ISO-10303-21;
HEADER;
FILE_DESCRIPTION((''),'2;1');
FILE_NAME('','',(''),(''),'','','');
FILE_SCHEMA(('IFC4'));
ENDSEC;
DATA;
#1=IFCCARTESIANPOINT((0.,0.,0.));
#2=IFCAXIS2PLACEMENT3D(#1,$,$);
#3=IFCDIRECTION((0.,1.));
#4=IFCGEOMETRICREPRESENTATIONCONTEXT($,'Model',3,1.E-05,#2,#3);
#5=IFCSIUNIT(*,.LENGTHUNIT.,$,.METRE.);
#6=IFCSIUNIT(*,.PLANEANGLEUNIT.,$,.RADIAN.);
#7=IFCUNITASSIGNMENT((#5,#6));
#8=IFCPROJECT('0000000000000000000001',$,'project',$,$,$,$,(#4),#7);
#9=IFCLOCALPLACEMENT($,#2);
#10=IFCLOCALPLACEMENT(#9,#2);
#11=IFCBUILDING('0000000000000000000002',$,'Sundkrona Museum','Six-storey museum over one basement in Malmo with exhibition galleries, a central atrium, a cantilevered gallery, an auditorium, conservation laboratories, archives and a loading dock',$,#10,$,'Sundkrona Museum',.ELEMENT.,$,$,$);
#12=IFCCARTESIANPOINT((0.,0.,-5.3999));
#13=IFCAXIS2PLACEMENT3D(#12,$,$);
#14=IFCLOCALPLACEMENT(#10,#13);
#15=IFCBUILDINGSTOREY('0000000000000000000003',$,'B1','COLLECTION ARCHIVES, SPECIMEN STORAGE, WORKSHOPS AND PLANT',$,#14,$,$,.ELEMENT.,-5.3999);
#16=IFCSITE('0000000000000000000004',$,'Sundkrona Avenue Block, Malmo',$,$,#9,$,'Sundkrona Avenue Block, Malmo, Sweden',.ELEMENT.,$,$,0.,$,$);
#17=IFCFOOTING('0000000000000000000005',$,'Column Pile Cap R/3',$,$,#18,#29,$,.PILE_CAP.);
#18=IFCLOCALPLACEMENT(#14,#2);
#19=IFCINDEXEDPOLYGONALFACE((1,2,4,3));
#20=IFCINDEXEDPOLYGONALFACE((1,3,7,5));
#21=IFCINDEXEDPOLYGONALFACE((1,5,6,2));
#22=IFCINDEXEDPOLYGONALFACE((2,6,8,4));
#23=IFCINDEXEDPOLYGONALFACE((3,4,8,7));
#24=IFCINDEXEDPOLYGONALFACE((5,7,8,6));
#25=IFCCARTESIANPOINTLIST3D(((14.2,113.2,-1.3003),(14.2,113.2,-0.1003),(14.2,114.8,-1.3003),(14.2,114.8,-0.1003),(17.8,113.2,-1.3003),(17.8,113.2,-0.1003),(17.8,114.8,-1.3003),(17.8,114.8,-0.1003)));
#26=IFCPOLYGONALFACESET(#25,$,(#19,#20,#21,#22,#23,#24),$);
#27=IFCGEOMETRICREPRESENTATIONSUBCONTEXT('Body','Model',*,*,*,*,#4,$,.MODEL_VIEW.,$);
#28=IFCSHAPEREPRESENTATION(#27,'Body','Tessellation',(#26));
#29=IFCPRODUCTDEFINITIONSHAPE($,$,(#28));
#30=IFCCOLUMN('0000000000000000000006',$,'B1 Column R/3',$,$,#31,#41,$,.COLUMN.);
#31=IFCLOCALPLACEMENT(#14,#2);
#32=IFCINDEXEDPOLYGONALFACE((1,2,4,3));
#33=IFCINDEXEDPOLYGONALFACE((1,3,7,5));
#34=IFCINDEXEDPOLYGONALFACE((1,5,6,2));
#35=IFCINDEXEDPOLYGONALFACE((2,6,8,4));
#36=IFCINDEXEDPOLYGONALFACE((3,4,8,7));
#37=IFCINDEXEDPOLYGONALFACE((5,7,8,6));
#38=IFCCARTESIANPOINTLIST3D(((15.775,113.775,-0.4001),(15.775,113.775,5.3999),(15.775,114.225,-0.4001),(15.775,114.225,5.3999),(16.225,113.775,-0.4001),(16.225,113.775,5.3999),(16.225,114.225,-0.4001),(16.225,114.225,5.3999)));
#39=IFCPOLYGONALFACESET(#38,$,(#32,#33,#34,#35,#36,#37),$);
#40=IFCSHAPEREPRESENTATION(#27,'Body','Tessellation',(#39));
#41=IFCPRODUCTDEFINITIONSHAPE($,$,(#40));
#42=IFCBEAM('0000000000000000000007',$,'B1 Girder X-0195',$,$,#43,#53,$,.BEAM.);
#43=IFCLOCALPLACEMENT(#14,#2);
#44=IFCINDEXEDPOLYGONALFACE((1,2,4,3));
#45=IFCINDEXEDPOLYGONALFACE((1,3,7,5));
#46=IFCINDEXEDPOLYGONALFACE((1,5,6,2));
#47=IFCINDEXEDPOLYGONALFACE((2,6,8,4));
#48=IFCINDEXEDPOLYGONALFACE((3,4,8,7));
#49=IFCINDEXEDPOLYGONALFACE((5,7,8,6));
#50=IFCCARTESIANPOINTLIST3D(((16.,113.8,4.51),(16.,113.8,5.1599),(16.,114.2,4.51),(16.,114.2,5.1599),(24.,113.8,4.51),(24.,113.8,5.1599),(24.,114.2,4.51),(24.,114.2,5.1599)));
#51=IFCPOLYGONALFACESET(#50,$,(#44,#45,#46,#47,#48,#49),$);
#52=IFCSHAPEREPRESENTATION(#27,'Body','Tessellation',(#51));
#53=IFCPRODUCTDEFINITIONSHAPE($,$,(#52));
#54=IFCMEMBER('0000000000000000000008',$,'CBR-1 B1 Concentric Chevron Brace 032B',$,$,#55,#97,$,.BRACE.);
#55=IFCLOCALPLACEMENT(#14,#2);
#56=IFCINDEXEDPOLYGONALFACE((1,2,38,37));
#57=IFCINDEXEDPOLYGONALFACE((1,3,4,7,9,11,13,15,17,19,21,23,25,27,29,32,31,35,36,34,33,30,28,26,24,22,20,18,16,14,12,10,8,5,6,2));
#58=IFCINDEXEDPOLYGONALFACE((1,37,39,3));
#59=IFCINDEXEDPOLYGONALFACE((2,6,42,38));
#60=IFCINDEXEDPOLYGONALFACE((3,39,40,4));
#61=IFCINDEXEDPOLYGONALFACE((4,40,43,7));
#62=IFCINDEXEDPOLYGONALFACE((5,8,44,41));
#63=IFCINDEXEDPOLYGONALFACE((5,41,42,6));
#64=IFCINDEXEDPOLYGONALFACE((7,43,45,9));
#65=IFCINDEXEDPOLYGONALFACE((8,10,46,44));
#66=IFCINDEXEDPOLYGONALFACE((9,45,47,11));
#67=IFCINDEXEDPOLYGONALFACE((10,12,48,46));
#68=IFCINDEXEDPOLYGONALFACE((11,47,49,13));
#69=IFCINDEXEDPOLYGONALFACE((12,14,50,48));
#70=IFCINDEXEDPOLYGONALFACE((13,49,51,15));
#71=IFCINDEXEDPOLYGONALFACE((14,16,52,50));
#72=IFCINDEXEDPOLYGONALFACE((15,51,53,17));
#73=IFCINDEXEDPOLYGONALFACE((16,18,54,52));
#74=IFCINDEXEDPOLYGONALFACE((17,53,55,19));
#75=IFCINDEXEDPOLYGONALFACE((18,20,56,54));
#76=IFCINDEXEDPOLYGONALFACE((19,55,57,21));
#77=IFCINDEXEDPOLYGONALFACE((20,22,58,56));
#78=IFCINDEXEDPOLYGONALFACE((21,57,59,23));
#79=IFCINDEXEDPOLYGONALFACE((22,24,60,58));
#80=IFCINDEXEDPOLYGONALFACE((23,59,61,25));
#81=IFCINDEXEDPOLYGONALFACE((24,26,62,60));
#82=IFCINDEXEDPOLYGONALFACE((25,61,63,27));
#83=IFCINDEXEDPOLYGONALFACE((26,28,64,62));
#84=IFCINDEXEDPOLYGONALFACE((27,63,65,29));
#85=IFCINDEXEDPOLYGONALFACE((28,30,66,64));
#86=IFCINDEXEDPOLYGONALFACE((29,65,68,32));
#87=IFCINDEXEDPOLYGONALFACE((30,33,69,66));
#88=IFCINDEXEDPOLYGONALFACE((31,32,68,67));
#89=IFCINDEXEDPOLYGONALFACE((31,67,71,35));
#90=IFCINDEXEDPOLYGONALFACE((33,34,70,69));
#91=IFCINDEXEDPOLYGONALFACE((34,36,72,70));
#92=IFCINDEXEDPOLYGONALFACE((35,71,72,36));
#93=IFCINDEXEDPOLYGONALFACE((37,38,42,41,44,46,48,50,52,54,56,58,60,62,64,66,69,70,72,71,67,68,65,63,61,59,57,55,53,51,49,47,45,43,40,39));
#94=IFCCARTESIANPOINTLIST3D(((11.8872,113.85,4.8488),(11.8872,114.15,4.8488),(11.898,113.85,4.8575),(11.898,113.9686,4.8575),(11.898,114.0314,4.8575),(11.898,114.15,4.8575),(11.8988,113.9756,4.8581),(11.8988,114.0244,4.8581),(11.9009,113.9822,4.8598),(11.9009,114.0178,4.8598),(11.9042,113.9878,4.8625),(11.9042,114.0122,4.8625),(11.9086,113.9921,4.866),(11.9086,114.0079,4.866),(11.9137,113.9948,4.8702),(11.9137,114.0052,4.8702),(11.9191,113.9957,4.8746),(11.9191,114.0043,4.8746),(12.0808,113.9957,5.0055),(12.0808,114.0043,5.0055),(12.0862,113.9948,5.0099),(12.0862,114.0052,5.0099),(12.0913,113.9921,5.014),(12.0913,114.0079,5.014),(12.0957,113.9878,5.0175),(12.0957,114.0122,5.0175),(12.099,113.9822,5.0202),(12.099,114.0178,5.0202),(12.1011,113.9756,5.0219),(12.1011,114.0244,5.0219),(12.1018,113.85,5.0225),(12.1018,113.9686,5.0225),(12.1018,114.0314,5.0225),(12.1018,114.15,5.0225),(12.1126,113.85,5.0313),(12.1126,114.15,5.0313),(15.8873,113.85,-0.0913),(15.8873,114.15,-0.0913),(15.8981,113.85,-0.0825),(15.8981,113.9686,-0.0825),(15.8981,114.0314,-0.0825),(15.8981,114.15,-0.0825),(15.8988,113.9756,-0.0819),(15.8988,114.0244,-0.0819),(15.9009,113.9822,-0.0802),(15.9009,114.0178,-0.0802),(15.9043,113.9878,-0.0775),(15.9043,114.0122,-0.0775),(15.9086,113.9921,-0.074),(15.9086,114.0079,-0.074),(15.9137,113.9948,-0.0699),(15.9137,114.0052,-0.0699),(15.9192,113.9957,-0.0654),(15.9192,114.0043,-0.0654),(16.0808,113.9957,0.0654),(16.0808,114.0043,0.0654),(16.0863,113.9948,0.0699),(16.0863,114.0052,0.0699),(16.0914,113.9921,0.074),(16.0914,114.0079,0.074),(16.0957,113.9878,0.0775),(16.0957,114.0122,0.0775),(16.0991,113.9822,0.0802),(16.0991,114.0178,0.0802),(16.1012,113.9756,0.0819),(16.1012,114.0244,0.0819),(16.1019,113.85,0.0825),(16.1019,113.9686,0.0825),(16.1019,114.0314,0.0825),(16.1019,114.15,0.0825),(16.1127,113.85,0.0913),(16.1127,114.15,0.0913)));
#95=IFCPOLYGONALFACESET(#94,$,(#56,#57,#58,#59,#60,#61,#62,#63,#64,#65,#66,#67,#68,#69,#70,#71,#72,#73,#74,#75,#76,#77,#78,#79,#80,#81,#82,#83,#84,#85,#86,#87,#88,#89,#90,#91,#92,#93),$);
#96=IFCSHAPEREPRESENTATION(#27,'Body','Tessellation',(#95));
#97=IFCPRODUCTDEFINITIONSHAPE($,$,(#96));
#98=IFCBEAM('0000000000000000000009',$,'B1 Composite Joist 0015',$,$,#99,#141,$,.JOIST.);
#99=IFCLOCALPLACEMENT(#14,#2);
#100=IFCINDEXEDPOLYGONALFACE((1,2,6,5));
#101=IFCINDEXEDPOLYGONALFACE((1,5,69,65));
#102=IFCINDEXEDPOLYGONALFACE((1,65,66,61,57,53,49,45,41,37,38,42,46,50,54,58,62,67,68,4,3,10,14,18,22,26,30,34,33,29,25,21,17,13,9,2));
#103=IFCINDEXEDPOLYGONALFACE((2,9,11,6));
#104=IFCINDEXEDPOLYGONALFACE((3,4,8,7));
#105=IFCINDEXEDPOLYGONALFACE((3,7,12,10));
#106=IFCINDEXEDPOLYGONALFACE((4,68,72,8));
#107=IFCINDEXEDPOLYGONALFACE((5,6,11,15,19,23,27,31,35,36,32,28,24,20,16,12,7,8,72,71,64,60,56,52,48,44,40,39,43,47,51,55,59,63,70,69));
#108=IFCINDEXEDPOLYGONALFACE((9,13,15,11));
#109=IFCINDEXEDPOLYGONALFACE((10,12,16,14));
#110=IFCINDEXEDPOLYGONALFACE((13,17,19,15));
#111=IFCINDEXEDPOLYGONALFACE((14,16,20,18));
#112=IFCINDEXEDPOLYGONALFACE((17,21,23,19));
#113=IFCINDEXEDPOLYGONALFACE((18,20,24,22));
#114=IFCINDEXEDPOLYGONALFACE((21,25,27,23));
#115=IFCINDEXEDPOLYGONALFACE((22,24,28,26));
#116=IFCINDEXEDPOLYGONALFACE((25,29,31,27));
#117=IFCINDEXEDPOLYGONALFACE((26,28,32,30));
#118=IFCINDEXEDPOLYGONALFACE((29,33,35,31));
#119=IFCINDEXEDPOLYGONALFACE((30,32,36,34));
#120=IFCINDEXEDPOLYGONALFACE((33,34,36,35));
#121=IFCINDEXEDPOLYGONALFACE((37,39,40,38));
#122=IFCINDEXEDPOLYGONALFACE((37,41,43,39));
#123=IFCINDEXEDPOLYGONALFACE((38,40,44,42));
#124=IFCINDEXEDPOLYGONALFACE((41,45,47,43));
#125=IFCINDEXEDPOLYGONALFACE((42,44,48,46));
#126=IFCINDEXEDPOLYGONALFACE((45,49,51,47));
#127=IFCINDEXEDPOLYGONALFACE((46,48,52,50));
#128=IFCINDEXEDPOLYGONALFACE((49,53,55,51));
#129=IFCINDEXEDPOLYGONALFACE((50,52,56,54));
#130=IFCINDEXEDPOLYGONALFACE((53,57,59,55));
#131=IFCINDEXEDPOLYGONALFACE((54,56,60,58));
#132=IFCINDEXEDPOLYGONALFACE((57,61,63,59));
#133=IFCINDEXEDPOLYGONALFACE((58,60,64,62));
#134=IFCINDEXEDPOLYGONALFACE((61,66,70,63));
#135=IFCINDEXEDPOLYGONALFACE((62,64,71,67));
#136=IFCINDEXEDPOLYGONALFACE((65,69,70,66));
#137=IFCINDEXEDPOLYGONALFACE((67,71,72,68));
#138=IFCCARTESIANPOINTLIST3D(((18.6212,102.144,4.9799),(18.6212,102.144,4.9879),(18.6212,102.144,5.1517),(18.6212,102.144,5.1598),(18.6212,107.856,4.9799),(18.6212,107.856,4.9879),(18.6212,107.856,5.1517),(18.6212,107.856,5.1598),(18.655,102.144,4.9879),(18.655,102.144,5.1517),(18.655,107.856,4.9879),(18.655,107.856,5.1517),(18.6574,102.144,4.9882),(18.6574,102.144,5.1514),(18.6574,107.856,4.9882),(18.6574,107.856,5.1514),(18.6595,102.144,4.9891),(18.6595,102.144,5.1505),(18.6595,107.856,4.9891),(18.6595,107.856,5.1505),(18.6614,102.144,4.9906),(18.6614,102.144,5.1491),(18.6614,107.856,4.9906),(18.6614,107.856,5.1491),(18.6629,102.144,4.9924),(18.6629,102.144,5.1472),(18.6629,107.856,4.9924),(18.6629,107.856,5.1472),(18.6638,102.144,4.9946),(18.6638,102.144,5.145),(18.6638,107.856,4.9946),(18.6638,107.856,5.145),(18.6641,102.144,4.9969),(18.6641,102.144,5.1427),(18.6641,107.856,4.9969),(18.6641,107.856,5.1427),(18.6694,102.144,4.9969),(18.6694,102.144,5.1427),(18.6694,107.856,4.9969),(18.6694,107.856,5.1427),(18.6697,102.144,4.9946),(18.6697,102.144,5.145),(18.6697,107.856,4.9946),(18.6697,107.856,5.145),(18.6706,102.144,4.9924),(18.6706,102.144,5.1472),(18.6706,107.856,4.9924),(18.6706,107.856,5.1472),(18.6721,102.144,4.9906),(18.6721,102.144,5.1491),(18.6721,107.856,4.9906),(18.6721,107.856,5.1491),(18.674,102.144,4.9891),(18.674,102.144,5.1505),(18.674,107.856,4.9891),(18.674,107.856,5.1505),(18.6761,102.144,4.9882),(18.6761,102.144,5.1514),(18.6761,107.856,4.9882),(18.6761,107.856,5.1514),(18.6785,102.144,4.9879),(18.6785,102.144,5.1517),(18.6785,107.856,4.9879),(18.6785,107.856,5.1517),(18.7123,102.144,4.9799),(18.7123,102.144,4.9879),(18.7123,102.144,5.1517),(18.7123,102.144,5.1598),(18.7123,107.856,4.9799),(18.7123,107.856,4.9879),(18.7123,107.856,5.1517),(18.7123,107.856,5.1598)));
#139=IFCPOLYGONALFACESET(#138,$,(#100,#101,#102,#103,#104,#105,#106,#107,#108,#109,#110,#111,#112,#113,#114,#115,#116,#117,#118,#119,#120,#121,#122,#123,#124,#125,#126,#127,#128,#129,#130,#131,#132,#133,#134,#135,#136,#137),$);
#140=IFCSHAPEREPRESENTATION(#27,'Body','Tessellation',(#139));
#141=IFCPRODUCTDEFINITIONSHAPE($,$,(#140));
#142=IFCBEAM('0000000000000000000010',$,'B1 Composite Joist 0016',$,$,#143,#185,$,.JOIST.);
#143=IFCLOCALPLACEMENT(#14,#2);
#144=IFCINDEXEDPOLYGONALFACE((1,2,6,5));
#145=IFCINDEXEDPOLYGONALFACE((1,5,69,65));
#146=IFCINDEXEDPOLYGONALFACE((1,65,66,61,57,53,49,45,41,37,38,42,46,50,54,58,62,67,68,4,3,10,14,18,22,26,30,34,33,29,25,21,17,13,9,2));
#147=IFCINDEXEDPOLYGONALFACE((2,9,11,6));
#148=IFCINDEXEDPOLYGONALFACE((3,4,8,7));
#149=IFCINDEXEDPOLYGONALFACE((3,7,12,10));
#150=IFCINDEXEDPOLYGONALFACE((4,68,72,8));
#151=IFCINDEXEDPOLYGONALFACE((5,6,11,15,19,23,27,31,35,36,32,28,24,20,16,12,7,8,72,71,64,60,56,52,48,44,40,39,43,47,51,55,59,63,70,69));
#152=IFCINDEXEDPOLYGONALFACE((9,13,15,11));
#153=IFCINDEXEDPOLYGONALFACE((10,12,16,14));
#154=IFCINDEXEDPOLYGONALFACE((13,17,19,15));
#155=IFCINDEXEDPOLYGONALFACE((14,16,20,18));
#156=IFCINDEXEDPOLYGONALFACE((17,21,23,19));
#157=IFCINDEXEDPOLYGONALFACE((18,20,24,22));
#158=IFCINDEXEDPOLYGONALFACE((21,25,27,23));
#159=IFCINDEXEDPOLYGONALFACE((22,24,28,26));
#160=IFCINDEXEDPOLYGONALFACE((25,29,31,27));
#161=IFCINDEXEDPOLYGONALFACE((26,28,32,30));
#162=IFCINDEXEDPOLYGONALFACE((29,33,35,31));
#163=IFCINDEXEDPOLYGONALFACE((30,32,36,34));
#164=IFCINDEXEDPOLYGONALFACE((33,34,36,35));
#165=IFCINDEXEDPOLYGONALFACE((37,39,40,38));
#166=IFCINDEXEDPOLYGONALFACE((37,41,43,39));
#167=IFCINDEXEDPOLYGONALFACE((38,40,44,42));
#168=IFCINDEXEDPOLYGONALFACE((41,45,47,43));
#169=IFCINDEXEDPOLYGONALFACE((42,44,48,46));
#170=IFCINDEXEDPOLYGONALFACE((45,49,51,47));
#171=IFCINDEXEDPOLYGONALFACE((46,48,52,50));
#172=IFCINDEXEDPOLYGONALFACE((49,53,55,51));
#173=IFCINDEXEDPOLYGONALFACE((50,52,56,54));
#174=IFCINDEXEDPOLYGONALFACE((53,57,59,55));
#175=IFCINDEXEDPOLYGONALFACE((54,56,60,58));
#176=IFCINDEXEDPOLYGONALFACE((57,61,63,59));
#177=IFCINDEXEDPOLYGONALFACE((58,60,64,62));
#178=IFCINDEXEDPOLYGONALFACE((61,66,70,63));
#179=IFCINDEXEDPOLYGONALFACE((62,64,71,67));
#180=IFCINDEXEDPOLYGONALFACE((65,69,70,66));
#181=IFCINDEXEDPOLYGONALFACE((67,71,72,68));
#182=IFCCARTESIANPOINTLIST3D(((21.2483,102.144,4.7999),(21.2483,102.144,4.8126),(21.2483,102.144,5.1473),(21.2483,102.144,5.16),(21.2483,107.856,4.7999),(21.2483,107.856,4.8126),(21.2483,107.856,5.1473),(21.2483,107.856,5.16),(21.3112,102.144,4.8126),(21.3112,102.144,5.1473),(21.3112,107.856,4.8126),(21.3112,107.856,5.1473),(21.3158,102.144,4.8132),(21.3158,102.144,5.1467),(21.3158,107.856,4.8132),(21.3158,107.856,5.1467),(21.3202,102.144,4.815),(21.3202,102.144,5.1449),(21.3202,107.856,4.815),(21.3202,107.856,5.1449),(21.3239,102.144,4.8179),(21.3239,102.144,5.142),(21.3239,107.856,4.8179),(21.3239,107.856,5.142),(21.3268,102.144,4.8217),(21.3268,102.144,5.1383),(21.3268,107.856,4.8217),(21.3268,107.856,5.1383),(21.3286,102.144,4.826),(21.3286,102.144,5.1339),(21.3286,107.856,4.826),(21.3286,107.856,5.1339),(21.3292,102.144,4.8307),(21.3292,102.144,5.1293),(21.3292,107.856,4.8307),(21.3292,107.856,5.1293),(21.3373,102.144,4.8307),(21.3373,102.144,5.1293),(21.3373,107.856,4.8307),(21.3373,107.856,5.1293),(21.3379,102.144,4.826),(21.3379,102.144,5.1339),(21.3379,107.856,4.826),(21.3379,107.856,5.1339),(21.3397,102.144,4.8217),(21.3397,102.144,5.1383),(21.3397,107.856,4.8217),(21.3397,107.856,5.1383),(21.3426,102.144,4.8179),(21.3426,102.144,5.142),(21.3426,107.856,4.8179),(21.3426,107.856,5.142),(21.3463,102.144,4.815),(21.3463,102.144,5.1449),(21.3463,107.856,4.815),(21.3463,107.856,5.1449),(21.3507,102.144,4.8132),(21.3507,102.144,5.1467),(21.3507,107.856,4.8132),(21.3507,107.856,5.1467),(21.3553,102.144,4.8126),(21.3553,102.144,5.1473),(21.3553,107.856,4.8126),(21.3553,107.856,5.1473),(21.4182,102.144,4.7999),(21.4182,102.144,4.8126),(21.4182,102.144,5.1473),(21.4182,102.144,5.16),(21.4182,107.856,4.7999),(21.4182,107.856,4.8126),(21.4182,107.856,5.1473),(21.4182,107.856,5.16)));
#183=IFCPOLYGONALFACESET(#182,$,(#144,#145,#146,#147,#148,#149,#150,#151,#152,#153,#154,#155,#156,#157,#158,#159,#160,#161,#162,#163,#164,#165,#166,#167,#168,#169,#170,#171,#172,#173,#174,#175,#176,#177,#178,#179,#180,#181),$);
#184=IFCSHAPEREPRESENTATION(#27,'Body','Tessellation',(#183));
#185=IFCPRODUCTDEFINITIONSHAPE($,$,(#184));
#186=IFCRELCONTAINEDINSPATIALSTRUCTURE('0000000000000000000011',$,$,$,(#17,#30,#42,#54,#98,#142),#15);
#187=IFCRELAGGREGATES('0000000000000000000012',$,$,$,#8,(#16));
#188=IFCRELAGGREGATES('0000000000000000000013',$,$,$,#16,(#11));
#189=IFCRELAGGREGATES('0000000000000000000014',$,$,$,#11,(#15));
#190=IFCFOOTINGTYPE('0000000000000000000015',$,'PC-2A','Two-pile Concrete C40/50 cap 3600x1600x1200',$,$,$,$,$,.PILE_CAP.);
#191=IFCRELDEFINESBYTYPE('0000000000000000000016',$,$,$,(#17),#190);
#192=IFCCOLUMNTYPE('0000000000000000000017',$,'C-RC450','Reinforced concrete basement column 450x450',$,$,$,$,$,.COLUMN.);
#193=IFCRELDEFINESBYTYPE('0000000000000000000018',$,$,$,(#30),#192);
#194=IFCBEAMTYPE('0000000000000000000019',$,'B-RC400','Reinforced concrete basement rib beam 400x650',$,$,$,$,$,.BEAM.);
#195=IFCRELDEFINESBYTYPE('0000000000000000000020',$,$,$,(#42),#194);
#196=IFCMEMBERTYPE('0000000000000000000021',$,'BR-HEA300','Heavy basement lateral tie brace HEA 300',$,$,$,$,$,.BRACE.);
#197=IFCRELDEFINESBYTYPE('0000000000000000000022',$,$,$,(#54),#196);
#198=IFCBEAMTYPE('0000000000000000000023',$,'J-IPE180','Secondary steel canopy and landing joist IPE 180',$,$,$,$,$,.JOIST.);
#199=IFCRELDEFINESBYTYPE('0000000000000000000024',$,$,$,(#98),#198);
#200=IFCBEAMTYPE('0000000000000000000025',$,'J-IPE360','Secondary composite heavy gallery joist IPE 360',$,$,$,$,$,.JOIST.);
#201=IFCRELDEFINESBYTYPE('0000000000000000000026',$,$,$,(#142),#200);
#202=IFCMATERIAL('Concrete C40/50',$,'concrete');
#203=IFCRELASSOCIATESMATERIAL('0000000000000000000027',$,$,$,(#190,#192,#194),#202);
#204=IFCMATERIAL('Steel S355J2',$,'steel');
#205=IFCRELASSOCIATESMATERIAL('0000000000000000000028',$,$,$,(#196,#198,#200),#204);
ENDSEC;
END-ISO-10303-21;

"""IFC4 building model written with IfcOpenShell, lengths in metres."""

from ifc_helpers import new_model, si_unit, direction, frame, origin, origin_2d, place, context, subcontext, project, spatial, rectangle, i_section, extrude, material, material_profile, profile_set, type_object, element, save


model = new_model("IFC4")

# Units and contexts
model_context = context("Model", 3, precision=1e-05, world=origin(), true_north=direction((0.0, 1.0)))
body_context = subcontext(model_context, "Body", "Model", "MODEL_VIEW")
ifc_project = project(units=[si_unit("LENGTHUNIT", "METRE"), si_unit("PLANEANGLEUNIT", "RADIAN")], contexts=[model_context])

# Site, building, storey
site_placement = place(None, origin())
site = spatial("IfcSite", under=ifc_project, at=site_placement, Name="Sundkrona Avenue Block, Malmo", LongName="Sundkrona Avenue Block, Malmo, Sweden", CompositionType="ELEMENT", RefElevation=0.0)
building_placement = place(site_placement, origin())
building = spatial("IfcBuilding", under=site, at=building_placement, Name="Sundkrona Museum", Description="Six-storey museum over one basement in Malmo with exhibition galleries, a central atrium, a cantilevered gallery, an auditorium, conservation laboratories, archives and a loading dock", LongName="Sundkrona Museum", CompositionType="ELEMENT")
storey_placement = place(building_placement, frame((0.0, 0.0, -5.3999)))
storey = spatial("IfcBuildingStorey", under=building, at=storey_placement, Name="B1", Description="COLLECTION ARCHIVES, SPECIMEN STORAGE, WORKSHOPS AND PLANT", CompositionType="ELEMENT", Elevation=-5.3999)

# Shared definitions
ifc_material_1 = material(Name="Concrete C40/50", Category="concrete")

# Footing
footing_type_1 = type_object("IfcFootingType", Name="PC-2A", Description="Two-pile Concrete C40/50 cap 3600x1600x1200", PredefinedType="PILE_CAP", material=ifc_material_1)
footing_1_placement = place(storey_placement, frame((16.0, 114.0, -1.3003), z_axis=(0.0, 0.0, 1.0), x_axis=(1.0, 0.0, 0.0)))
element("IfcFooting", 1, at=footing_1_placement, inside=storey, type_object=footing_type_1, Name="Column Pile Cap R/3", PredefinedType="PILE_CAP", context=body_context, shape_type="SweptSolid", body=[
    extrude(rectangle(XDim=3.6001, YDim=1.6001, at=origin_2d()), origin(), (0.0, 0.0, 1.0), 1.2),
])

# Column
ifc_material_profile_1 = material_profile(ifc_material_1, rectangle(XDim=0.45, YDim=0.45, at=origin_2d()), Name="RC 450x450")
ifc_profile_set_1 = profile_set([ifc_material_profile_1], Name="Concrete C40/50")
column_type = type_object("IfcColumnType", Name="C-RC450", Description="Reinforced concrete basement column 450x450", PredefinedType="COLUMN", material=ifc_profile_set_1)
column_placement = place(storey_placement, frame((16.0, 114.0, -0.4001), z_axis=(0.0, 0.0, 1.0), x_axis=(1.0, 0.0, 0.0)))
element("IfcColumn", 2, at=column_placement, inside=storey, type_object=column_type, Name="B1 Column R/3", PredefinedType="COLUMN", context=body_context, shape_type="SweptSolid", body=[
    extrude(rectangle(XDim=0.45, YDim=0.45, at=origin_2d()), origin(), (0.0, 0.0, 1.0), 5.8),
])

# Beam
ifc_material_profile_2 = material_profile(ifc_material_1, rectangle(XDim=0.3999, YDim=0.6499, at=origin_2d()), Name="RCB 400x650")
ifc_profile_set_2 = profile_set([ifc_material_profile_2], Name="Concrete C40/50")
beam_type_1 = type_object("IfcBeamType", Name="B-RC400", Description="Reinforced concrete basement rib beam 400x650", PredefinedType="BEAM", material=ifc_profile_set_2)
beam_1_placement = place(storey_placement, frame((16.0, 114.0, 4.835), z_axis=(1.0, 0.0, 0.0), x_axis=(0.0, 1.0, 0.0)))
element("IfcBeam", 3, at=beam_1_placement, inside=storey, type_object=beam_type_1, Name="B1 Girder X-0195", PredefinedType="BEAM", context=body_context, shape_type="SweptSolid", body=[
    extrude(rectangle(XDim=0.3999, YDim=0.6499, at=origin_2d()), origin(), (0.0, 0.0, 1.0), 8.0),
])

# Member
ifc_material_2 = material(Name="Steel S355J2", Category="steel")
ifc_material_profile_3 = material_profile(ifc_material_2, i_section(OverallWidth=0.3, OverallDepth=0.29, WebThickness=0.0085, FlangeThickness=0.0139, FilletRadius=0.0271, at=origin_2d()), Name="HEA 300")
ifc_profile_set_3 = profile_set([ifc_material_profile_3], Name="Steel S355J2")
member_type = type_object("IfcMemberType", Name="BR-HEA300", Description="Heavy basement lateral tie brace HEA 300", PredefinedType="BRACE", material=ifc_profile_set_3)
member_placement = place(storey_placement, frame((16.0, 114.0, 0.0), z_axis=(-0.629293, 0.0, 0.777168), x_axis=(0.0, -1.0, 0.0)))
element("IfcMember", 4, at=member_placement, inside=storey, type_object=member_type, Name="CBR-1 B1 Concentric Chevron Brace 032B", PredefinedType="BRACE", context=body_context, shape_type="SweptSolid", body=[
    extrude(i_section(OverallWidth=0.3, OverallDepth=0.29, WebThickness=0.0085, FlangeThickness=0.0139, FilletRadius=0.0271, at=origin_2d()), origin(), (0.0, 0.0, 1.0), 6.3564),
])

# Beams
ifc_material_profile_4 = material_profile(ifc_material_2, i_section(OverallWidth=0.0911, OverallDepth=0.1799, WebThickness=0.0054, FlangeThickness=0.0081, FilletRadius=0.009, at=origin_2d()), Name="IPE 180")
ifc_profile_set_4 = profile_set([ifc_material_profile_4], Name="Steel S355J2")
beam_type_2 = type_object("IfcBeamType", Name="J-IPE180", Description="Secondary steel canopy and landing joist IPE 180", PredefinedType="JOIST", material=ifc_profile_set_4)
beam_2_placement = place(storey_placement, frame((18.6667, 102.144, 5.0698), z_axis=(0.0, 1.0, 0.0), x_axis=(-1.0, 0.0, 0.0)))
element("IfcBeam", 5, at=beam_2_placement, inside=storey, type_object=beam_type_2, Name="B1 Composite Joist 0015", PredefinedType="JOIST", context=body_context, shape_type="SweptSolid", body=[
    extrude(i_section(OverallWidth=0.0911, OverallDepth=0.1799, WebThickness=0.0054, FlangeThickness=0.0081, FilletRadius=0.009, at=origin_2d()), origin(), (0.0, 0.0, 1.0), 5.7119),
])
ifc_material_profile_5 = material_profile(ifc_material_2, i_section(OverallWidth=0.1699, OverallDepth=0.3601, WebThickness=0.0081, FlangeThickness=0.0127, FilletRadius=0.0181, at=origin_2d()), Name="IPE 360")
ifc_profile_set_5 = profile_set([ifc_material_profile_5], Name="Steel S355J2")
beam_type_3 = type_object("IfcBeamType", Name="J-IPE360", Description="Secondary composite heavy gallery joist IPE 360", PredefinedType="JOIST", material=ifc_profile_set_5)
beam_3_placement = place(storey_placement, frame((21.3333, 102.144, 4.98), z_axis=(0.0, 1.0, 0.0), x_axis=(-1.0, 0.0, 0.0)))
element("IfcBeam", 6, at=beam_3_placement, inside=storey, type_object=beam_type_3, Name="B1 Composite Joist 0016", PredefinedType="JOIST", context=body_context, shape_type="SweptSolid", body=[
    extrude(i_section(OverallWidth=0.1699, OverallDepth=0.3601, WebThickness=0.0081, FlangeThickness=0.0127, FilletRadius=0.0181, at=origin_2d()), origin(), (0.0, 0.0, 1.0), 5.7119),
])

save(model, "model.ifc")
